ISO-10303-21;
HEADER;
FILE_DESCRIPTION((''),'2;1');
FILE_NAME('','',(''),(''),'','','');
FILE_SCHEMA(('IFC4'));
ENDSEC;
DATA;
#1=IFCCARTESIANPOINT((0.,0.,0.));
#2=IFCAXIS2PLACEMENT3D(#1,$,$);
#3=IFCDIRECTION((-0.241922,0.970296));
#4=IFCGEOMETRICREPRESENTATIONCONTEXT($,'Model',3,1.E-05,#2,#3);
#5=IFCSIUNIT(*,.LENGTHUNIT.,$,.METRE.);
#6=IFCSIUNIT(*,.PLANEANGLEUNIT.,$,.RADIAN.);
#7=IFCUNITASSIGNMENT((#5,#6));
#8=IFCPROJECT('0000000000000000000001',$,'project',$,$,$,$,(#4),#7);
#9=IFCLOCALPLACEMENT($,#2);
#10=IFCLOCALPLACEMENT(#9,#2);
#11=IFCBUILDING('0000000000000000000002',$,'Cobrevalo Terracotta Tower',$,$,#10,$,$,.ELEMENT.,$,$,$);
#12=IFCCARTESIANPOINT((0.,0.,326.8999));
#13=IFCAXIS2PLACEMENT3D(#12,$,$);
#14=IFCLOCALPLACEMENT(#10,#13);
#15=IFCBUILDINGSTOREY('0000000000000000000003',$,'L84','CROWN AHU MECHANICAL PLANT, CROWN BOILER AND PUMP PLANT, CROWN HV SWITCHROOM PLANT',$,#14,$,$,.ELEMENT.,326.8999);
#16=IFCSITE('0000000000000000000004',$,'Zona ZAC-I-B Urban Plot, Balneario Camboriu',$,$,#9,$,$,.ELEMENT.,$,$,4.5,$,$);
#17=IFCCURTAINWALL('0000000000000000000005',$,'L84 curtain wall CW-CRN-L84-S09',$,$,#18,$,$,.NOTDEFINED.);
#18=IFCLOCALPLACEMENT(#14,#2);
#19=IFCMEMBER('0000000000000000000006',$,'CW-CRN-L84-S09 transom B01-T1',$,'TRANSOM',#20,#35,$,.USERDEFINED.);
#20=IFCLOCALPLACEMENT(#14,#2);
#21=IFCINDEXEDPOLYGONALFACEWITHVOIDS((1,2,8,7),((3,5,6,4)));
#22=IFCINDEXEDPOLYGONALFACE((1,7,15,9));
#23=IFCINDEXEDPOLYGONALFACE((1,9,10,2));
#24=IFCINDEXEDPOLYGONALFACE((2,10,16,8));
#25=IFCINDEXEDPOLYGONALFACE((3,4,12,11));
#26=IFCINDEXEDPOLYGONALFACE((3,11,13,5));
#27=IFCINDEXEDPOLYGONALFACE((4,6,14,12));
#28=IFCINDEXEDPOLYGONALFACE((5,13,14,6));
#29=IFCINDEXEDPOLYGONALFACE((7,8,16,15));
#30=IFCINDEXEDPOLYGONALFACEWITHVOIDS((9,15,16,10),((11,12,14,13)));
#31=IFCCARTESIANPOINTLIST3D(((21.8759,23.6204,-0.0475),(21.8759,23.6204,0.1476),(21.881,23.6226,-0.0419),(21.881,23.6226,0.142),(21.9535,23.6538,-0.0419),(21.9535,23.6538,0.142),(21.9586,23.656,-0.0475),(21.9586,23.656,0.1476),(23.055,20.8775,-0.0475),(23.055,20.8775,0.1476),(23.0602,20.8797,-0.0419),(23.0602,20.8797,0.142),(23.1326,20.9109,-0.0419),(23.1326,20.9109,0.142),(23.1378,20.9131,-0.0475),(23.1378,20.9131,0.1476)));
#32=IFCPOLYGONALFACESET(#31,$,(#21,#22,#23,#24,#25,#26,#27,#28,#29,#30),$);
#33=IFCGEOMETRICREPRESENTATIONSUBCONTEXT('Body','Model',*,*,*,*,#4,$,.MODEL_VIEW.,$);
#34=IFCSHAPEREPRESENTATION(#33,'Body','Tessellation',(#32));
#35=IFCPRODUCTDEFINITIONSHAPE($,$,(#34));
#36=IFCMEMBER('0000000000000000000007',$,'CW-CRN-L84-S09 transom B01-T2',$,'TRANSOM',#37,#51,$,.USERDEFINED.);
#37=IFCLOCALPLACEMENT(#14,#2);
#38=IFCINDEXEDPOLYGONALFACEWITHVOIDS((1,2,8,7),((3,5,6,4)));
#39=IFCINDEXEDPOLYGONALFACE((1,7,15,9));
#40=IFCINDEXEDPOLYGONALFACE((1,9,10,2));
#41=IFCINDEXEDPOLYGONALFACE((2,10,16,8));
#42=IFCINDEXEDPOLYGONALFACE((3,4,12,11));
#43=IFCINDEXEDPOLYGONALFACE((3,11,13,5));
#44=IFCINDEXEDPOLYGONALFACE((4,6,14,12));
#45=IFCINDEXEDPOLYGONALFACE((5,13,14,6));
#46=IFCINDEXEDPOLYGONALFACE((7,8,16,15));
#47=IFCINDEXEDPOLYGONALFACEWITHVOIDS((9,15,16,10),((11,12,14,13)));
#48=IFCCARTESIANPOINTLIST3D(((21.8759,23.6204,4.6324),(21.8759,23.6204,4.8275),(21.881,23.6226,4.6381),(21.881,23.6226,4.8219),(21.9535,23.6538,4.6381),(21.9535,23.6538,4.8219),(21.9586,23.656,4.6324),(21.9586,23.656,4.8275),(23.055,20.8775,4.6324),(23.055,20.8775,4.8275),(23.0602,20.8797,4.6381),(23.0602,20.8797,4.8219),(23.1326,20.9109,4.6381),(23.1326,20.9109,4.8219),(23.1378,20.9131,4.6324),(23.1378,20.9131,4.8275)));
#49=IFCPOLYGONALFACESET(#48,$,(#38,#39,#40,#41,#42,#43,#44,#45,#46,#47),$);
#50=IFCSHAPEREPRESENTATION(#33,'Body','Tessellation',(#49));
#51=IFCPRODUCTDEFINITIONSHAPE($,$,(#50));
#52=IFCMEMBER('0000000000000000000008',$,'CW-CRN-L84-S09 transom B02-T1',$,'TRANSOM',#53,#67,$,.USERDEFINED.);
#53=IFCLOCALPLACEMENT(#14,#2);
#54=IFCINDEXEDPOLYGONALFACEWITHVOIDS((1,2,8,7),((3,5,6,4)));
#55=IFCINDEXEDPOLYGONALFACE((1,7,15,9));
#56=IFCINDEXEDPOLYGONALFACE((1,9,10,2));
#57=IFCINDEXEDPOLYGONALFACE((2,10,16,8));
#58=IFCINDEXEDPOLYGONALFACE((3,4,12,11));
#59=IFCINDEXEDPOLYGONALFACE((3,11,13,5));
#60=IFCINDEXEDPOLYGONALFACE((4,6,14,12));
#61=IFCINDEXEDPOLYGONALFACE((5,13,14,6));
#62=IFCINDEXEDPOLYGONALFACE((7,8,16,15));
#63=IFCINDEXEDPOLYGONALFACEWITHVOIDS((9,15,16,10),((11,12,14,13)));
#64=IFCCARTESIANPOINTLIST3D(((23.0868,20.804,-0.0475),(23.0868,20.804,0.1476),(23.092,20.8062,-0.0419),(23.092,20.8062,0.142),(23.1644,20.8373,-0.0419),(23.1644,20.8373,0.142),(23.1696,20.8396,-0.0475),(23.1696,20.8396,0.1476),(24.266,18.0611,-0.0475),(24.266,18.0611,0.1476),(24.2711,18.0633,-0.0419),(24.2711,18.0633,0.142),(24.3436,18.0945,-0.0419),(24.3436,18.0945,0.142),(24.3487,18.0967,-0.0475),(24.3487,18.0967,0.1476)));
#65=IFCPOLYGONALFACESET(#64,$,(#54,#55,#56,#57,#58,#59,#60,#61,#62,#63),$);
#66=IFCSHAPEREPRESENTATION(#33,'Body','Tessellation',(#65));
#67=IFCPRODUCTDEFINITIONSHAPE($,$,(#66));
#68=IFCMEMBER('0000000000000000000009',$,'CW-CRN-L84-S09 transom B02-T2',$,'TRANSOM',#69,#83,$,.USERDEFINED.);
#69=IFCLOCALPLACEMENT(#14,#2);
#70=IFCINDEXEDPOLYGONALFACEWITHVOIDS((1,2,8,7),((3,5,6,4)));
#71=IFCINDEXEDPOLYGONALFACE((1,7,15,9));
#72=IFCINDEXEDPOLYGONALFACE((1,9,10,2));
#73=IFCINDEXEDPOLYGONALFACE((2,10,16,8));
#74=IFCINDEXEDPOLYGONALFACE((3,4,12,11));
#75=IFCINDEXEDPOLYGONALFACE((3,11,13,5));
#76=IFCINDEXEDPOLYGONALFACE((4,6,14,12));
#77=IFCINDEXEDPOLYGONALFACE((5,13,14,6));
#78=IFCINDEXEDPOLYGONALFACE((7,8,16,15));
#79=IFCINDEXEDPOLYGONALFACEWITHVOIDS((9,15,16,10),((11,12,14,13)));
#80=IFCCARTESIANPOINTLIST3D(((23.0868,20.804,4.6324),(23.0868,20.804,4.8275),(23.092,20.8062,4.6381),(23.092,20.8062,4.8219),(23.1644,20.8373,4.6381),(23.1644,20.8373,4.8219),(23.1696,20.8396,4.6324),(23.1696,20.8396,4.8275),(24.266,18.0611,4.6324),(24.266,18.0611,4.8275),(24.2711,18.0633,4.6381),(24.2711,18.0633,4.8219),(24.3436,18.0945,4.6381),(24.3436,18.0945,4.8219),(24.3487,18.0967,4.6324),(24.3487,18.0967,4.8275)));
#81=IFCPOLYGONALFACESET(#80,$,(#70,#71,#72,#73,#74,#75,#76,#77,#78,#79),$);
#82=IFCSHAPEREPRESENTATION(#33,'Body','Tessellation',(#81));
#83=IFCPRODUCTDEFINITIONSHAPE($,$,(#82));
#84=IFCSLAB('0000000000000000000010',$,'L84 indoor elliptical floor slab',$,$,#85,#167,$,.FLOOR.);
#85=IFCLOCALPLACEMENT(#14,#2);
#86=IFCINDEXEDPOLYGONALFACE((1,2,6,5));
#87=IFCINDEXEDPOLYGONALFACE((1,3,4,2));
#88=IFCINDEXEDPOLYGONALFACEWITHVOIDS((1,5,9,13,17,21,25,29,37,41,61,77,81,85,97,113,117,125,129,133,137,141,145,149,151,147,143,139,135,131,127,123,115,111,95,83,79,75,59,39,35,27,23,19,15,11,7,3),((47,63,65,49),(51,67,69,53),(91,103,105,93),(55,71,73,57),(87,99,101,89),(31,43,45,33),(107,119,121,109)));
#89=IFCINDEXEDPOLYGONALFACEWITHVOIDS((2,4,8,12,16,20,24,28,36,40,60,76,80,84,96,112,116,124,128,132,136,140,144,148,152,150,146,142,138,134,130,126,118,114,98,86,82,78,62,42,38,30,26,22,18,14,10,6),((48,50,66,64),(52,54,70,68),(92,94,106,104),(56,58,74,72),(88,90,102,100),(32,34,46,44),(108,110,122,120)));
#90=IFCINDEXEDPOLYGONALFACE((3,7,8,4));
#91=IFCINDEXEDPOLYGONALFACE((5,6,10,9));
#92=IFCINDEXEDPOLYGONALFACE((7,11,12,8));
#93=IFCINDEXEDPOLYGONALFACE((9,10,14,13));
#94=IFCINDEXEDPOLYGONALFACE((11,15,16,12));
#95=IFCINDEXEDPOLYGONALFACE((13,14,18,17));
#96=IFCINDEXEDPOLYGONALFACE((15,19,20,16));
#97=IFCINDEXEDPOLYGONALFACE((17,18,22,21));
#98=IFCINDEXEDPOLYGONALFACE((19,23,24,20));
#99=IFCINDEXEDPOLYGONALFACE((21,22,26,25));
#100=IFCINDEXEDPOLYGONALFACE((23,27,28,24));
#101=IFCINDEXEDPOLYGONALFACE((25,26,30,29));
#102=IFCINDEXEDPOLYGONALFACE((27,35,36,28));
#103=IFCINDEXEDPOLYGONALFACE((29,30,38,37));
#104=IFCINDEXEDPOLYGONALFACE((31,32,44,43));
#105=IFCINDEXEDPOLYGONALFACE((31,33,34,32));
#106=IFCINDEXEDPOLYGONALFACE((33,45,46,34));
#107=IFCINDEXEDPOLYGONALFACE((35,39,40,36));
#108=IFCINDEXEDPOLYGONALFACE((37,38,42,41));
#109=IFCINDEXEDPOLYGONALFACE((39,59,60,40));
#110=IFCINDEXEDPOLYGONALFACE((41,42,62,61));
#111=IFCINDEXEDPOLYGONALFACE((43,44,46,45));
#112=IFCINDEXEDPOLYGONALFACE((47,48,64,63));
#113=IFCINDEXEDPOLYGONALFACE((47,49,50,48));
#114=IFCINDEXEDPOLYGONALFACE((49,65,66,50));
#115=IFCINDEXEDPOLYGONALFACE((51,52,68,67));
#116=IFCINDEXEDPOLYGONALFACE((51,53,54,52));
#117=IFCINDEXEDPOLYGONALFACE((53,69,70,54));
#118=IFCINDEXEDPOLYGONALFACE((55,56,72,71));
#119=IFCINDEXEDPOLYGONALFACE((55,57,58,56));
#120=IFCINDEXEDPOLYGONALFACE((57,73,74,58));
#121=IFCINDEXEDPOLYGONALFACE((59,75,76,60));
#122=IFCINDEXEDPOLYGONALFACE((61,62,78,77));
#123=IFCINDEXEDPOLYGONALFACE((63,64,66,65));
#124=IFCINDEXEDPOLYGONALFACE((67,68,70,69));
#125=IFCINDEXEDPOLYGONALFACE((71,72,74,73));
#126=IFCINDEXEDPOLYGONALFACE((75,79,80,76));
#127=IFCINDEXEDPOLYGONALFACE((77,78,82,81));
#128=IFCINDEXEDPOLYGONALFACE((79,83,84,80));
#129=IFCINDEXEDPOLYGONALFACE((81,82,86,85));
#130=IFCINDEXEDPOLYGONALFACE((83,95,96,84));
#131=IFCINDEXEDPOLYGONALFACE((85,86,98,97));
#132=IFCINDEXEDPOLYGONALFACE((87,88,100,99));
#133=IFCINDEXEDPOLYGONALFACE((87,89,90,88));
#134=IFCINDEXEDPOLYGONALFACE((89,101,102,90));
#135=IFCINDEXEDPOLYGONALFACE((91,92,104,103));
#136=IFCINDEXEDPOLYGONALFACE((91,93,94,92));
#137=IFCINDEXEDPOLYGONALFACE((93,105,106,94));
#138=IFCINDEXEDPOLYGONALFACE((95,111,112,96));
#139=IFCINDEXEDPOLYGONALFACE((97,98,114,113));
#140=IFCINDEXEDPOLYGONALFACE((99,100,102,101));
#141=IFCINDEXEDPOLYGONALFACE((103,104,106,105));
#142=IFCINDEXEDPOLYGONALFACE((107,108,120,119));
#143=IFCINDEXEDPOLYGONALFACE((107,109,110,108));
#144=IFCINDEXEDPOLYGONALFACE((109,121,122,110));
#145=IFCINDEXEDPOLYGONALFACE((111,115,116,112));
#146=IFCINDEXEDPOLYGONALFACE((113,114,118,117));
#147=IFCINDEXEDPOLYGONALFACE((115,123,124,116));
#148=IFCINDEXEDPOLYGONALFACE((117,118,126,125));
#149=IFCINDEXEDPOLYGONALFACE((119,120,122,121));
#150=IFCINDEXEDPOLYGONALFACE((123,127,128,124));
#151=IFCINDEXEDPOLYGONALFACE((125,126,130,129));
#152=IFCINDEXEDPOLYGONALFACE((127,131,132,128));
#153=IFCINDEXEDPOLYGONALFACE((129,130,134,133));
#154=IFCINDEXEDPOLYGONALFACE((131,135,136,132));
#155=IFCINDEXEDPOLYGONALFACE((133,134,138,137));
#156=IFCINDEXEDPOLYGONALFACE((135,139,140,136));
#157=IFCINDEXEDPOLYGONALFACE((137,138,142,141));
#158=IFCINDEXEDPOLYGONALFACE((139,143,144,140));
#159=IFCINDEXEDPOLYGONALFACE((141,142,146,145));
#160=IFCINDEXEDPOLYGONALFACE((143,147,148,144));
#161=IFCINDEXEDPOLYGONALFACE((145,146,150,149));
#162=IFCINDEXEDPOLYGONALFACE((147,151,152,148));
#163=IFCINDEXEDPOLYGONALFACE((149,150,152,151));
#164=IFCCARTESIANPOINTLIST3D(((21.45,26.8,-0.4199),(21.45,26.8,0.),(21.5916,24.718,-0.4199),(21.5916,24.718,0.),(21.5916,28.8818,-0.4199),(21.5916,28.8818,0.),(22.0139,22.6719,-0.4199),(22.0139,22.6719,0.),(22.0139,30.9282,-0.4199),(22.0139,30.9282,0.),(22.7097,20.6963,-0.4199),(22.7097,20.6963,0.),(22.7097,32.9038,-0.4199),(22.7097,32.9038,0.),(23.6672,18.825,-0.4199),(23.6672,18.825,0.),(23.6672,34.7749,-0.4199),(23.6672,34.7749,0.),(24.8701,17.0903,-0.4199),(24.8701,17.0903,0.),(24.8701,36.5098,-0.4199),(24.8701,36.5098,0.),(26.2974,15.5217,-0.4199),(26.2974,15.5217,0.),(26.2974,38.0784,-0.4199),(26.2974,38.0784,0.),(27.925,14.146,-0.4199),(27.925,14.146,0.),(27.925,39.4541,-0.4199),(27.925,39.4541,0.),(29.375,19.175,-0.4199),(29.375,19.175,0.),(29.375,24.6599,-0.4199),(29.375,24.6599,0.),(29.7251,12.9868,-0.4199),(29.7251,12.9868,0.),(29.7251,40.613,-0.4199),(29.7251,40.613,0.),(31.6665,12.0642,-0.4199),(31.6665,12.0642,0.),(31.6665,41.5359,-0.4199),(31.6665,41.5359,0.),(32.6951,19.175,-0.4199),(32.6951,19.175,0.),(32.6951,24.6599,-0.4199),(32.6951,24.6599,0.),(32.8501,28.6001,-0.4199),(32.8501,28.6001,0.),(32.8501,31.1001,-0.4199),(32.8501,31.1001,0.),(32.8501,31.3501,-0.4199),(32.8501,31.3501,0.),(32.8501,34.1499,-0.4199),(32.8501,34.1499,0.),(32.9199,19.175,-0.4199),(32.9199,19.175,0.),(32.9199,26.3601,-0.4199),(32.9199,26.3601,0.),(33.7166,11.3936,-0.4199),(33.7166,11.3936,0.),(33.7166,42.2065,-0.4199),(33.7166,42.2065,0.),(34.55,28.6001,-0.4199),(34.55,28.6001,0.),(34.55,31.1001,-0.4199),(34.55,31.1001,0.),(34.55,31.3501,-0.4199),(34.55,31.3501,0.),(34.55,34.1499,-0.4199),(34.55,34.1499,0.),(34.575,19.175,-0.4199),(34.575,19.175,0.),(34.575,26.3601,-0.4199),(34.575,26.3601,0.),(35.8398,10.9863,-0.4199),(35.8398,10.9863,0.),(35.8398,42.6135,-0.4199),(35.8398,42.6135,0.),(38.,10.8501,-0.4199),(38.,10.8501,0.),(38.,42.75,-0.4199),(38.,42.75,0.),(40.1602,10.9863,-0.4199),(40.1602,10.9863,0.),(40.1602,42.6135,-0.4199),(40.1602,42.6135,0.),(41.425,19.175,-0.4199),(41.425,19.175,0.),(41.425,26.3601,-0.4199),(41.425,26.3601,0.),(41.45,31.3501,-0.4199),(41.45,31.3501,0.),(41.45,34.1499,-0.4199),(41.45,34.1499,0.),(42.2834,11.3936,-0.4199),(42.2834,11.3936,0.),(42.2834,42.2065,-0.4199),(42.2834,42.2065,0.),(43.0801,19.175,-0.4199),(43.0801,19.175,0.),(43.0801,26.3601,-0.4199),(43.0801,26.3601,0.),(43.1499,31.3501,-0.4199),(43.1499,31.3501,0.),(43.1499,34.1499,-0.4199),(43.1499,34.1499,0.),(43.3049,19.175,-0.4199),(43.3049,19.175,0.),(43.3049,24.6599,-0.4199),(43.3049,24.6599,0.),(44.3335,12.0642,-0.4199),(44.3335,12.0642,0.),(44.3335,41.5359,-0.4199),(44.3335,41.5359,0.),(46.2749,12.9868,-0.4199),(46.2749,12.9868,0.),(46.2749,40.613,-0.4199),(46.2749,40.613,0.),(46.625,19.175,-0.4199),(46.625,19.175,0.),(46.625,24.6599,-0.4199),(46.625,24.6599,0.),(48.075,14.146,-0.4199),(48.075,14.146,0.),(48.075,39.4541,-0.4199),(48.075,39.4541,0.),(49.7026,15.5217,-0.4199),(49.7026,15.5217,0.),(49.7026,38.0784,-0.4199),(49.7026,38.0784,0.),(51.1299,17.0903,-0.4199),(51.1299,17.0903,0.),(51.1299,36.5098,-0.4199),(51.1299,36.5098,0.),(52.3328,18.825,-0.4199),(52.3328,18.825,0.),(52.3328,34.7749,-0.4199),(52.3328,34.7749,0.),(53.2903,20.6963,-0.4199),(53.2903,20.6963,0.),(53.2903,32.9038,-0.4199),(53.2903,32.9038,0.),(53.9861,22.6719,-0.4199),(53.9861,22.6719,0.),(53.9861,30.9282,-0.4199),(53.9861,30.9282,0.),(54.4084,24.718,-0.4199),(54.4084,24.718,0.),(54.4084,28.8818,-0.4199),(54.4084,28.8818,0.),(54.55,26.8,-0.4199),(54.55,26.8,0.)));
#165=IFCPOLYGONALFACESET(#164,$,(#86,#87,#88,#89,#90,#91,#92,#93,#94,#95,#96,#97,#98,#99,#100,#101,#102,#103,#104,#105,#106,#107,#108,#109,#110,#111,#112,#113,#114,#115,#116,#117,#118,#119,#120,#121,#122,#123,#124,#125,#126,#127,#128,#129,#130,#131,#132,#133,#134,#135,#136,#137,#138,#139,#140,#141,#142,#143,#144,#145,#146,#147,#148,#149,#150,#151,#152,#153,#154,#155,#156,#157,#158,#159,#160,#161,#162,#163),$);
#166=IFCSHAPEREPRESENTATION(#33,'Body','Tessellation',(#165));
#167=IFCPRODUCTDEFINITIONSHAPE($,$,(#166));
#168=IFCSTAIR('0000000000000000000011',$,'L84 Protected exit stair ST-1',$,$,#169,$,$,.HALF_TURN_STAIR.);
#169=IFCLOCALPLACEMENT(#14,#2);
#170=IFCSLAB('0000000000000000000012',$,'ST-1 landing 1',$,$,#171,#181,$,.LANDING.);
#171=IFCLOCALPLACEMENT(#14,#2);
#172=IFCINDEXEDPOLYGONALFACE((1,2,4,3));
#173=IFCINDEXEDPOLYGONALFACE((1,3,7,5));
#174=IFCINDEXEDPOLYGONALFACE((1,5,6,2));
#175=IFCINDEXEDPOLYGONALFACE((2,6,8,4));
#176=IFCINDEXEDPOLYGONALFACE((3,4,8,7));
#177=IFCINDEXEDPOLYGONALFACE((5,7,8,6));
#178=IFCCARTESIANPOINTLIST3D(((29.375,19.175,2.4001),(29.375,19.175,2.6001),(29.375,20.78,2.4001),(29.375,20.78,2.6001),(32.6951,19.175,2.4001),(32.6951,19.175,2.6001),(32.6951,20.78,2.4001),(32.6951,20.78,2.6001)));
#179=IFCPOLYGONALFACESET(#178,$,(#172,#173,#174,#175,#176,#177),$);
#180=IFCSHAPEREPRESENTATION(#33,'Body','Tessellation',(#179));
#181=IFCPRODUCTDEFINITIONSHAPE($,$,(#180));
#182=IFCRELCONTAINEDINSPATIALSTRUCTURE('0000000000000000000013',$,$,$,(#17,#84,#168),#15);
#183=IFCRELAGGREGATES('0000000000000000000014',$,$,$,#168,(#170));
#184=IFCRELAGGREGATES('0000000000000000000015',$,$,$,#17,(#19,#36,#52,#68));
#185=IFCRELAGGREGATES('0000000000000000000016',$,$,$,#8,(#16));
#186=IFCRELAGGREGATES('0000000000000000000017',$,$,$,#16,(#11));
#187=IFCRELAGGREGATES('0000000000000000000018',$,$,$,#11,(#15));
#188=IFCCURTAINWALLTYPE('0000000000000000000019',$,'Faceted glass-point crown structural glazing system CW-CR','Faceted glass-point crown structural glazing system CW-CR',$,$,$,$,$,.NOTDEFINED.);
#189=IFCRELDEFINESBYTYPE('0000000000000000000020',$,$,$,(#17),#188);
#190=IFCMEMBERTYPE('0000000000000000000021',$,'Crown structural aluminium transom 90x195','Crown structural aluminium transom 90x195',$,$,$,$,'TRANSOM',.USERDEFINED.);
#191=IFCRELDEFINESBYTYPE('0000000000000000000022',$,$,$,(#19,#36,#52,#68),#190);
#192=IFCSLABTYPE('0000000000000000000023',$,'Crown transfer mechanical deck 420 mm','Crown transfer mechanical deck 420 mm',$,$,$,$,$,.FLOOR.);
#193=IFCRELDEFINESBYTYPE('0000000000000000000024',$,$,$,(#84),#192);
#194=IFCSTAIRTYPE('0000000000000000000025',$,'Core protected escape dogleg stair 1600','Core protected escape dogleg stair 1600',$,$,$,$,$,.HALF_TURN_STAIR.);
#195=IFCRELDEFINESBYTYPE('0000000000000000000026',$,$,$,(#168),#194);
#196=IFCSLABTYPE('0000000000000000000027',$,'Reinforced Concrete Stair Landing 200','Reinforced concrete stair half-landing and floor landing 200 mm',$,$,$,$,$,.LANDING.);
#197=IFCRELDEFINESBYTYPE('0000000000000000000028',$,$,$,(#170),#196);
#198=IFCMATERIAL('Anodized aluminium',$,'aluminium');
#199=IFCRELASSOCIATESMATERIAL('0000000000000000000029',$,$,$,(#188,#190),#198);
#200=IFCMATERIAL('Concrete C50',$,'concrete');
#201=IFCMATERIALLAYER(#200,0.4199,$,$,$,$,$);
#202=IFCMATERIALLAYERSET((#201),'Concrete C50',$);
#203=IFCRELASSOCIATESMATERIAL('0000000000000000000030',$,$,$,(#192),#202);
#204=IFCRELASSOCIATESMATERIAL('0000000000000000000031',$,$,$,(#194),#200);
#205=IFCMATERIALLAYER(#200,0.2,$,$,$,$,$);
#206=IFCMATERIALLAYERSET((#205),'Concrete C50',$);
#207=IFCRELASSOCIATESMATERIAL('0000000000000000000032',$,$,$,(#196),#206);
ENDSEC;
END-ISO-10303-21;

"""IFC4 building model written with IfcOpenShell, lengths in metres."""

from ifc_helpers import new_model, si_unit, direction, frame, origin, origin_2d, place, context, subcontext, project, spatial, polyline, hollow_rectangle, outline, extrude, source, transform, mapped, material, layer, layer_set, material_profile, profile_set, type_object, element, aggregate, save


model = new_model("IFC4")

# Units and contexts
model_context = context("Model", 3, precision=1e-05, world=origin(), true_north=direction((-0.241922, 0.970296)))
body_context = subcontext(model_context, "Body", "Model", "MODEL_VIEW")
ifc_project = project(units=[si_unit("LENGTHUNIT", "METRE"), si_unit("PLANEANGLEUNIT", "RADIAN")], contexts=[model_context])

# Site, building, storey
site_placement = place(None, origin())
site = spatial("IfcSite", under=ifc_project, at=site_placement, Name="Zona ZAC-I-B Urban Plot, Balneario Camboriu", CompositionType="ELEMENT", RefElevation=4.5)
building_placement = place(site_placement, origin())
building = spatial("IfcBuilding", under=site, at=building_placement, Name="Cobrevalo Terracotta Tower", CompositionType="ELEMENT")
storey_placement = place(building_placement, frame((0.0, 0.0, 326.8999)))
storey = spatial("IfcBuildingStorey", under=building, at=storey_placement, Name="L84", Description="CROWN AHU MECHANICAL PLANT, CROWN BOILER AND PUMP PLANT, CROWN HV SWITCHROOM PLANT", CompositionType="ELEMENT", Elevation=326.8999)

# Shared definitions
ifc_material_1 = material(Name="Anodized aluminium", Category="aluminium")
curtain_wall_type = type_object("IfcCurtainWallType", Name="Faceted glass-point crown structural glazing system CW-CR", Description="Faceted glass-point crown structural glazing system CW-CR", PredefinedType="NOTDEFINED", material=ifc_material_1)

# Curtain wall, members
curtain_wall_1_placement = place(storey_placement, origin())
curtain_wall_1 = element("IfcCurtainWall", 1, at=curtain_wall_1_placement, inside=storey, type_object=curtain_wall_type, Name="L84 curtain wall CW-CRN-L84-S09", PredefinedType="NOTDEFINED")
ifc_material_profile_1 = material_profile(ifc_material_1, hollow_rectangle(XDim=0.0901, YDim=0.1951, WallThickness=0.0056, at=origin_2d()), Name="CWT 90x195")
ifc_profile_set_1 = profile_set([ifc_material_profile_1], Name="Anodized aluminium")
member_type_1 = type_object("IfcMemberType", Name="Crown structural aluminium transom 90x195", Description="Crown structural aluminium transom 90x195", ElementType="TRANSOM", PredefinedType="USERDEFINED", material=ifc_profile_set_1)
shared_shape_1 = source(origin(), body_context, "Body", "SweptSolid", [
    extrude(hollow_rectangle(XDim=0.0901, YDim=0.1951, WallThickness=0.0056, at=origin_2d()), origin(), (0.0, 0.0, 1.0), 2.9856),
])
member_1_placement = place(storey_placement, frame((21.9172, 23.6382, 0.05), z_axis=(0.394955, -0.9187, 0.0), x_axis=(0.9187, 0.394955, 0.0)))
member_1 = element("IfcMember", 2, at=member_1_placement, type_object=member_type_1, Name="CW-CRN-L84-S09 transom B01-T1", ObjectType="TRANSOM", PredefinedType="USERDEFINED", context=body_context, shape_type="MappedRepresentation", body=[
    mapped(shared_shape_1, transform((0.0, 0.0, 0.0), scale=1.0)),
])
member_2_placement = place(storey_placement, frame((21.9172, 23.6382, 4.73), z_axis=(0.394955, -0.9187, 0.0), x_axis=(0.9187, 0.394955, 0.0)))
member_2 = element("IfcMember", 3, at=member_2_placement, type_object=member_type_1, Name="CW-CRN-L84-S09 transom B01-T2", ObjectType="TRANSOM", PredefinedType="USERDEFINED", context=body_context, shape_type="MappedRepresentation", body=[
    mapped(shared_shape_1, transform((0.0, 0.0, 0.0), scale=1.0)),
])
member_3_placement = place(storey_placement, frame((23.1282, 20.8218, 0.05), z_axis=(0.394955, -0.9187, 0.0), x_axis=(0.9187, 0.394955, 0.0)))
member_3 = element("IfcMember", 4, at=member_3_placement, type_object=member_type_1, Name="CW-CRN-L84-S09 transom B02-T1", ObjectType="TRANSOM", PredefinedType="USERDEFINED", context=body_context, shape_type="MappedRepresentation", body=[
    mapped(shared_shape_1, transform((0.0, 0.0, 0.0), scale=1.0)),
])
member_4_placement = place(storey_placement, frame((23.1282, 20.8218, 4.73), z_axis=(0.394955, -0.9187, 0.0), x_axis=(0.9187, 0.394955, 0.0)))
member_4 = element("IfcMember", 5, at=member_4_placement, type_object=member_type_1, Name="CW-CRN-L84-S09 transom B02-T2", ObjectType="TRANSOM", PredefinedType="USERDEFINED", context=body_context, shape_type="MappedRepresentation", body=[
    mapped(shared_shape_1, transform((0.0, 0.0, 0.0), scale=1.0)),
])

# Slab
ifc_material_2 = material(Name="Concrete C50", Category="concrete")
ifc_layer_1 = layer(ifc_material_2, 0.4199)
ifc_layer_set_1 = layer_set([ifc_layer_1], Name="Concrete C50")
slab_type_1 = type_object("IfcSlabType", Name="Crown transfer mechanical deck 420 mm", Description="Crown transfer mechanical deck 420 mm", PredefinedType="FLOOR", material=ifc_layer_set_1)
slab_1_placement = place(storey_placement, frame((0.0, 0.0, -0.4199)))
element("IfcSlab", 6, at=slab_1_placement, inside=storey, type_object=slab_type_1, Name="L84 indoor elliptical floor slab", PredefinedType="FLOOR", context=body_context, shape_type="SweptSolid", body=[
    extrude(outline(polyline([(54.4084, 24.718), (53.9861, 22.6719), (53.2903, 20.6963), (52.3328, 18.825), (51.1299, 17.0903), (49.7026, 15.5217), (48.075, 14.146), (46.2749, 12.9868), (44.3335, 12.0642), (42.2834, 11.3936), (40.1602, 10.9863), (38.0, 10.8501), (35.8398, 10.9863), (33.7166, 11.3936), (31.6665, 12.0642), (29.7251, 12.9868), (27.925, 14.146), (26.2974, 15.5217), (24.8701, 17.0903), (23.6672, 18.825), (22.7097, 20.6963), (22.0139, 22.6719), (21.5916, 24.718), (21.45, 26.8), (21.5916, 28.8818), (22.0139, 30.9282), (22.7097, 32.9038), (23.6672, 34.7749), (24.8701, 36.5098), (26.2974, 38.0784), (27.925, 39.4541), (29.7251, 40.613), (31.6665, 41.5359), (33.7166, 42.2065), (35.8398, 42.6135), (38.0, 42.75), (40.1602, 42.6135), (42.2834, 42.2065), (44.3335, 41.5359), (46.2749, 40.613), (48.075, 39.4541), (49.7026, 38.0784), (51.1299, 36.5098), (52.3328, 34.7749), (53.2903, 32.9038), (53.9861, 30.9282), (54.4084, 28.8818), (54.55, 26.8), (54.4084, 24.718)]), holes=[polyline([(32.6951, 24.6599), (29.375, 24.6599), (29.375, 19.175), (32.6951, 19.175), (32.6951, 24.6599)]), polyline([(46.625, 19.175), (46.625, 24.6599), (43.3049, 24.6599), (43.3049, 19.175), (46.625, 19.175)]), polyline([(34.575, 26.3601), (32.9199, 26.3601), (32.9199, 19.175), (34.575, 19.175), (34.575, 26.3601)]), polyline([(43.0801, 26.3601), (41.425, 26.3601), (41.425, 19.175), (43.0801, 19.175), (43.0801, 26.3601)]), polyline([(34.55, 31.1001), (32.8501, 31.1001), (32.8501, 28.6001), (34.55, 28.6001), (34.55, 31.1001)]), polyline([(34.55, 34.1499), (32.8501, 34.1499), (32.8501, 31.3501), (34.55, 31.3501), (34.55, 34.1499)]), polyline([(43.1499, 34.1499), (41.45, 34.1499), (41.45, 31.3501), (43.1499, 31.3501), (43.1499, 34.1499)])]), origin(), (0.0, 0.0, 1.0), 0.4199),
])

# Stair, slab
stair_type = type_object("IfcStairType", Name="Core protected escape dogleg stair 1600", Description="Core protected escape dogleg stair 1600", PredefinedType="HALF_TURN_STAIR", material=ifc_material_2)
stair_1_placement = place(storey_placement, origin())
stair_1 = element("IfcStair", 7, at=stair_1_placement, inside=storey, type_object=stair_type, Name="L84 Protected exit stair ST-1", PredefinedType="HALF_TURN_STAIR")
ifc_layer_2 = layer(ifc_material_2, 0.2)
ifc_layer_set_2 = layer_set([ifc_layer_2], Name="Concrete C50")
slab_type_2 = type_object("IfcSlabType", Name="Reinforced Concrete Stair Landing 200", Description="Reinforced concrete stair half-landing and floor landing 200 mm", PredefinedType="LANDING", material=ifc_layer_set_2)
slab_2_placement = place(storey_placement, frame((0.0, 0.0, 2.4001)))
slab_2 = element("IfcSlab", 8, at=slab_2_placement, type_object=slab_type_2, Name="ST-1 landing 1", PredefinedType="LANDING", context=body_context, shape_type="SweptSolid", body=[
    extrude(outline(polyline([(29.375, 20.78), (29.375, 19.175), (32.6951, 19.175), (32.6951, 20.78), (29.375, 20.78)])), origin(), (0.0, 0.0, 1.0), 0.2),
])
aggregate(stair_1, [slab_2])

aggregate(curtain_wall_1, [member_1, member_2, member_3, member_4])

save(model, "model.ifc")
